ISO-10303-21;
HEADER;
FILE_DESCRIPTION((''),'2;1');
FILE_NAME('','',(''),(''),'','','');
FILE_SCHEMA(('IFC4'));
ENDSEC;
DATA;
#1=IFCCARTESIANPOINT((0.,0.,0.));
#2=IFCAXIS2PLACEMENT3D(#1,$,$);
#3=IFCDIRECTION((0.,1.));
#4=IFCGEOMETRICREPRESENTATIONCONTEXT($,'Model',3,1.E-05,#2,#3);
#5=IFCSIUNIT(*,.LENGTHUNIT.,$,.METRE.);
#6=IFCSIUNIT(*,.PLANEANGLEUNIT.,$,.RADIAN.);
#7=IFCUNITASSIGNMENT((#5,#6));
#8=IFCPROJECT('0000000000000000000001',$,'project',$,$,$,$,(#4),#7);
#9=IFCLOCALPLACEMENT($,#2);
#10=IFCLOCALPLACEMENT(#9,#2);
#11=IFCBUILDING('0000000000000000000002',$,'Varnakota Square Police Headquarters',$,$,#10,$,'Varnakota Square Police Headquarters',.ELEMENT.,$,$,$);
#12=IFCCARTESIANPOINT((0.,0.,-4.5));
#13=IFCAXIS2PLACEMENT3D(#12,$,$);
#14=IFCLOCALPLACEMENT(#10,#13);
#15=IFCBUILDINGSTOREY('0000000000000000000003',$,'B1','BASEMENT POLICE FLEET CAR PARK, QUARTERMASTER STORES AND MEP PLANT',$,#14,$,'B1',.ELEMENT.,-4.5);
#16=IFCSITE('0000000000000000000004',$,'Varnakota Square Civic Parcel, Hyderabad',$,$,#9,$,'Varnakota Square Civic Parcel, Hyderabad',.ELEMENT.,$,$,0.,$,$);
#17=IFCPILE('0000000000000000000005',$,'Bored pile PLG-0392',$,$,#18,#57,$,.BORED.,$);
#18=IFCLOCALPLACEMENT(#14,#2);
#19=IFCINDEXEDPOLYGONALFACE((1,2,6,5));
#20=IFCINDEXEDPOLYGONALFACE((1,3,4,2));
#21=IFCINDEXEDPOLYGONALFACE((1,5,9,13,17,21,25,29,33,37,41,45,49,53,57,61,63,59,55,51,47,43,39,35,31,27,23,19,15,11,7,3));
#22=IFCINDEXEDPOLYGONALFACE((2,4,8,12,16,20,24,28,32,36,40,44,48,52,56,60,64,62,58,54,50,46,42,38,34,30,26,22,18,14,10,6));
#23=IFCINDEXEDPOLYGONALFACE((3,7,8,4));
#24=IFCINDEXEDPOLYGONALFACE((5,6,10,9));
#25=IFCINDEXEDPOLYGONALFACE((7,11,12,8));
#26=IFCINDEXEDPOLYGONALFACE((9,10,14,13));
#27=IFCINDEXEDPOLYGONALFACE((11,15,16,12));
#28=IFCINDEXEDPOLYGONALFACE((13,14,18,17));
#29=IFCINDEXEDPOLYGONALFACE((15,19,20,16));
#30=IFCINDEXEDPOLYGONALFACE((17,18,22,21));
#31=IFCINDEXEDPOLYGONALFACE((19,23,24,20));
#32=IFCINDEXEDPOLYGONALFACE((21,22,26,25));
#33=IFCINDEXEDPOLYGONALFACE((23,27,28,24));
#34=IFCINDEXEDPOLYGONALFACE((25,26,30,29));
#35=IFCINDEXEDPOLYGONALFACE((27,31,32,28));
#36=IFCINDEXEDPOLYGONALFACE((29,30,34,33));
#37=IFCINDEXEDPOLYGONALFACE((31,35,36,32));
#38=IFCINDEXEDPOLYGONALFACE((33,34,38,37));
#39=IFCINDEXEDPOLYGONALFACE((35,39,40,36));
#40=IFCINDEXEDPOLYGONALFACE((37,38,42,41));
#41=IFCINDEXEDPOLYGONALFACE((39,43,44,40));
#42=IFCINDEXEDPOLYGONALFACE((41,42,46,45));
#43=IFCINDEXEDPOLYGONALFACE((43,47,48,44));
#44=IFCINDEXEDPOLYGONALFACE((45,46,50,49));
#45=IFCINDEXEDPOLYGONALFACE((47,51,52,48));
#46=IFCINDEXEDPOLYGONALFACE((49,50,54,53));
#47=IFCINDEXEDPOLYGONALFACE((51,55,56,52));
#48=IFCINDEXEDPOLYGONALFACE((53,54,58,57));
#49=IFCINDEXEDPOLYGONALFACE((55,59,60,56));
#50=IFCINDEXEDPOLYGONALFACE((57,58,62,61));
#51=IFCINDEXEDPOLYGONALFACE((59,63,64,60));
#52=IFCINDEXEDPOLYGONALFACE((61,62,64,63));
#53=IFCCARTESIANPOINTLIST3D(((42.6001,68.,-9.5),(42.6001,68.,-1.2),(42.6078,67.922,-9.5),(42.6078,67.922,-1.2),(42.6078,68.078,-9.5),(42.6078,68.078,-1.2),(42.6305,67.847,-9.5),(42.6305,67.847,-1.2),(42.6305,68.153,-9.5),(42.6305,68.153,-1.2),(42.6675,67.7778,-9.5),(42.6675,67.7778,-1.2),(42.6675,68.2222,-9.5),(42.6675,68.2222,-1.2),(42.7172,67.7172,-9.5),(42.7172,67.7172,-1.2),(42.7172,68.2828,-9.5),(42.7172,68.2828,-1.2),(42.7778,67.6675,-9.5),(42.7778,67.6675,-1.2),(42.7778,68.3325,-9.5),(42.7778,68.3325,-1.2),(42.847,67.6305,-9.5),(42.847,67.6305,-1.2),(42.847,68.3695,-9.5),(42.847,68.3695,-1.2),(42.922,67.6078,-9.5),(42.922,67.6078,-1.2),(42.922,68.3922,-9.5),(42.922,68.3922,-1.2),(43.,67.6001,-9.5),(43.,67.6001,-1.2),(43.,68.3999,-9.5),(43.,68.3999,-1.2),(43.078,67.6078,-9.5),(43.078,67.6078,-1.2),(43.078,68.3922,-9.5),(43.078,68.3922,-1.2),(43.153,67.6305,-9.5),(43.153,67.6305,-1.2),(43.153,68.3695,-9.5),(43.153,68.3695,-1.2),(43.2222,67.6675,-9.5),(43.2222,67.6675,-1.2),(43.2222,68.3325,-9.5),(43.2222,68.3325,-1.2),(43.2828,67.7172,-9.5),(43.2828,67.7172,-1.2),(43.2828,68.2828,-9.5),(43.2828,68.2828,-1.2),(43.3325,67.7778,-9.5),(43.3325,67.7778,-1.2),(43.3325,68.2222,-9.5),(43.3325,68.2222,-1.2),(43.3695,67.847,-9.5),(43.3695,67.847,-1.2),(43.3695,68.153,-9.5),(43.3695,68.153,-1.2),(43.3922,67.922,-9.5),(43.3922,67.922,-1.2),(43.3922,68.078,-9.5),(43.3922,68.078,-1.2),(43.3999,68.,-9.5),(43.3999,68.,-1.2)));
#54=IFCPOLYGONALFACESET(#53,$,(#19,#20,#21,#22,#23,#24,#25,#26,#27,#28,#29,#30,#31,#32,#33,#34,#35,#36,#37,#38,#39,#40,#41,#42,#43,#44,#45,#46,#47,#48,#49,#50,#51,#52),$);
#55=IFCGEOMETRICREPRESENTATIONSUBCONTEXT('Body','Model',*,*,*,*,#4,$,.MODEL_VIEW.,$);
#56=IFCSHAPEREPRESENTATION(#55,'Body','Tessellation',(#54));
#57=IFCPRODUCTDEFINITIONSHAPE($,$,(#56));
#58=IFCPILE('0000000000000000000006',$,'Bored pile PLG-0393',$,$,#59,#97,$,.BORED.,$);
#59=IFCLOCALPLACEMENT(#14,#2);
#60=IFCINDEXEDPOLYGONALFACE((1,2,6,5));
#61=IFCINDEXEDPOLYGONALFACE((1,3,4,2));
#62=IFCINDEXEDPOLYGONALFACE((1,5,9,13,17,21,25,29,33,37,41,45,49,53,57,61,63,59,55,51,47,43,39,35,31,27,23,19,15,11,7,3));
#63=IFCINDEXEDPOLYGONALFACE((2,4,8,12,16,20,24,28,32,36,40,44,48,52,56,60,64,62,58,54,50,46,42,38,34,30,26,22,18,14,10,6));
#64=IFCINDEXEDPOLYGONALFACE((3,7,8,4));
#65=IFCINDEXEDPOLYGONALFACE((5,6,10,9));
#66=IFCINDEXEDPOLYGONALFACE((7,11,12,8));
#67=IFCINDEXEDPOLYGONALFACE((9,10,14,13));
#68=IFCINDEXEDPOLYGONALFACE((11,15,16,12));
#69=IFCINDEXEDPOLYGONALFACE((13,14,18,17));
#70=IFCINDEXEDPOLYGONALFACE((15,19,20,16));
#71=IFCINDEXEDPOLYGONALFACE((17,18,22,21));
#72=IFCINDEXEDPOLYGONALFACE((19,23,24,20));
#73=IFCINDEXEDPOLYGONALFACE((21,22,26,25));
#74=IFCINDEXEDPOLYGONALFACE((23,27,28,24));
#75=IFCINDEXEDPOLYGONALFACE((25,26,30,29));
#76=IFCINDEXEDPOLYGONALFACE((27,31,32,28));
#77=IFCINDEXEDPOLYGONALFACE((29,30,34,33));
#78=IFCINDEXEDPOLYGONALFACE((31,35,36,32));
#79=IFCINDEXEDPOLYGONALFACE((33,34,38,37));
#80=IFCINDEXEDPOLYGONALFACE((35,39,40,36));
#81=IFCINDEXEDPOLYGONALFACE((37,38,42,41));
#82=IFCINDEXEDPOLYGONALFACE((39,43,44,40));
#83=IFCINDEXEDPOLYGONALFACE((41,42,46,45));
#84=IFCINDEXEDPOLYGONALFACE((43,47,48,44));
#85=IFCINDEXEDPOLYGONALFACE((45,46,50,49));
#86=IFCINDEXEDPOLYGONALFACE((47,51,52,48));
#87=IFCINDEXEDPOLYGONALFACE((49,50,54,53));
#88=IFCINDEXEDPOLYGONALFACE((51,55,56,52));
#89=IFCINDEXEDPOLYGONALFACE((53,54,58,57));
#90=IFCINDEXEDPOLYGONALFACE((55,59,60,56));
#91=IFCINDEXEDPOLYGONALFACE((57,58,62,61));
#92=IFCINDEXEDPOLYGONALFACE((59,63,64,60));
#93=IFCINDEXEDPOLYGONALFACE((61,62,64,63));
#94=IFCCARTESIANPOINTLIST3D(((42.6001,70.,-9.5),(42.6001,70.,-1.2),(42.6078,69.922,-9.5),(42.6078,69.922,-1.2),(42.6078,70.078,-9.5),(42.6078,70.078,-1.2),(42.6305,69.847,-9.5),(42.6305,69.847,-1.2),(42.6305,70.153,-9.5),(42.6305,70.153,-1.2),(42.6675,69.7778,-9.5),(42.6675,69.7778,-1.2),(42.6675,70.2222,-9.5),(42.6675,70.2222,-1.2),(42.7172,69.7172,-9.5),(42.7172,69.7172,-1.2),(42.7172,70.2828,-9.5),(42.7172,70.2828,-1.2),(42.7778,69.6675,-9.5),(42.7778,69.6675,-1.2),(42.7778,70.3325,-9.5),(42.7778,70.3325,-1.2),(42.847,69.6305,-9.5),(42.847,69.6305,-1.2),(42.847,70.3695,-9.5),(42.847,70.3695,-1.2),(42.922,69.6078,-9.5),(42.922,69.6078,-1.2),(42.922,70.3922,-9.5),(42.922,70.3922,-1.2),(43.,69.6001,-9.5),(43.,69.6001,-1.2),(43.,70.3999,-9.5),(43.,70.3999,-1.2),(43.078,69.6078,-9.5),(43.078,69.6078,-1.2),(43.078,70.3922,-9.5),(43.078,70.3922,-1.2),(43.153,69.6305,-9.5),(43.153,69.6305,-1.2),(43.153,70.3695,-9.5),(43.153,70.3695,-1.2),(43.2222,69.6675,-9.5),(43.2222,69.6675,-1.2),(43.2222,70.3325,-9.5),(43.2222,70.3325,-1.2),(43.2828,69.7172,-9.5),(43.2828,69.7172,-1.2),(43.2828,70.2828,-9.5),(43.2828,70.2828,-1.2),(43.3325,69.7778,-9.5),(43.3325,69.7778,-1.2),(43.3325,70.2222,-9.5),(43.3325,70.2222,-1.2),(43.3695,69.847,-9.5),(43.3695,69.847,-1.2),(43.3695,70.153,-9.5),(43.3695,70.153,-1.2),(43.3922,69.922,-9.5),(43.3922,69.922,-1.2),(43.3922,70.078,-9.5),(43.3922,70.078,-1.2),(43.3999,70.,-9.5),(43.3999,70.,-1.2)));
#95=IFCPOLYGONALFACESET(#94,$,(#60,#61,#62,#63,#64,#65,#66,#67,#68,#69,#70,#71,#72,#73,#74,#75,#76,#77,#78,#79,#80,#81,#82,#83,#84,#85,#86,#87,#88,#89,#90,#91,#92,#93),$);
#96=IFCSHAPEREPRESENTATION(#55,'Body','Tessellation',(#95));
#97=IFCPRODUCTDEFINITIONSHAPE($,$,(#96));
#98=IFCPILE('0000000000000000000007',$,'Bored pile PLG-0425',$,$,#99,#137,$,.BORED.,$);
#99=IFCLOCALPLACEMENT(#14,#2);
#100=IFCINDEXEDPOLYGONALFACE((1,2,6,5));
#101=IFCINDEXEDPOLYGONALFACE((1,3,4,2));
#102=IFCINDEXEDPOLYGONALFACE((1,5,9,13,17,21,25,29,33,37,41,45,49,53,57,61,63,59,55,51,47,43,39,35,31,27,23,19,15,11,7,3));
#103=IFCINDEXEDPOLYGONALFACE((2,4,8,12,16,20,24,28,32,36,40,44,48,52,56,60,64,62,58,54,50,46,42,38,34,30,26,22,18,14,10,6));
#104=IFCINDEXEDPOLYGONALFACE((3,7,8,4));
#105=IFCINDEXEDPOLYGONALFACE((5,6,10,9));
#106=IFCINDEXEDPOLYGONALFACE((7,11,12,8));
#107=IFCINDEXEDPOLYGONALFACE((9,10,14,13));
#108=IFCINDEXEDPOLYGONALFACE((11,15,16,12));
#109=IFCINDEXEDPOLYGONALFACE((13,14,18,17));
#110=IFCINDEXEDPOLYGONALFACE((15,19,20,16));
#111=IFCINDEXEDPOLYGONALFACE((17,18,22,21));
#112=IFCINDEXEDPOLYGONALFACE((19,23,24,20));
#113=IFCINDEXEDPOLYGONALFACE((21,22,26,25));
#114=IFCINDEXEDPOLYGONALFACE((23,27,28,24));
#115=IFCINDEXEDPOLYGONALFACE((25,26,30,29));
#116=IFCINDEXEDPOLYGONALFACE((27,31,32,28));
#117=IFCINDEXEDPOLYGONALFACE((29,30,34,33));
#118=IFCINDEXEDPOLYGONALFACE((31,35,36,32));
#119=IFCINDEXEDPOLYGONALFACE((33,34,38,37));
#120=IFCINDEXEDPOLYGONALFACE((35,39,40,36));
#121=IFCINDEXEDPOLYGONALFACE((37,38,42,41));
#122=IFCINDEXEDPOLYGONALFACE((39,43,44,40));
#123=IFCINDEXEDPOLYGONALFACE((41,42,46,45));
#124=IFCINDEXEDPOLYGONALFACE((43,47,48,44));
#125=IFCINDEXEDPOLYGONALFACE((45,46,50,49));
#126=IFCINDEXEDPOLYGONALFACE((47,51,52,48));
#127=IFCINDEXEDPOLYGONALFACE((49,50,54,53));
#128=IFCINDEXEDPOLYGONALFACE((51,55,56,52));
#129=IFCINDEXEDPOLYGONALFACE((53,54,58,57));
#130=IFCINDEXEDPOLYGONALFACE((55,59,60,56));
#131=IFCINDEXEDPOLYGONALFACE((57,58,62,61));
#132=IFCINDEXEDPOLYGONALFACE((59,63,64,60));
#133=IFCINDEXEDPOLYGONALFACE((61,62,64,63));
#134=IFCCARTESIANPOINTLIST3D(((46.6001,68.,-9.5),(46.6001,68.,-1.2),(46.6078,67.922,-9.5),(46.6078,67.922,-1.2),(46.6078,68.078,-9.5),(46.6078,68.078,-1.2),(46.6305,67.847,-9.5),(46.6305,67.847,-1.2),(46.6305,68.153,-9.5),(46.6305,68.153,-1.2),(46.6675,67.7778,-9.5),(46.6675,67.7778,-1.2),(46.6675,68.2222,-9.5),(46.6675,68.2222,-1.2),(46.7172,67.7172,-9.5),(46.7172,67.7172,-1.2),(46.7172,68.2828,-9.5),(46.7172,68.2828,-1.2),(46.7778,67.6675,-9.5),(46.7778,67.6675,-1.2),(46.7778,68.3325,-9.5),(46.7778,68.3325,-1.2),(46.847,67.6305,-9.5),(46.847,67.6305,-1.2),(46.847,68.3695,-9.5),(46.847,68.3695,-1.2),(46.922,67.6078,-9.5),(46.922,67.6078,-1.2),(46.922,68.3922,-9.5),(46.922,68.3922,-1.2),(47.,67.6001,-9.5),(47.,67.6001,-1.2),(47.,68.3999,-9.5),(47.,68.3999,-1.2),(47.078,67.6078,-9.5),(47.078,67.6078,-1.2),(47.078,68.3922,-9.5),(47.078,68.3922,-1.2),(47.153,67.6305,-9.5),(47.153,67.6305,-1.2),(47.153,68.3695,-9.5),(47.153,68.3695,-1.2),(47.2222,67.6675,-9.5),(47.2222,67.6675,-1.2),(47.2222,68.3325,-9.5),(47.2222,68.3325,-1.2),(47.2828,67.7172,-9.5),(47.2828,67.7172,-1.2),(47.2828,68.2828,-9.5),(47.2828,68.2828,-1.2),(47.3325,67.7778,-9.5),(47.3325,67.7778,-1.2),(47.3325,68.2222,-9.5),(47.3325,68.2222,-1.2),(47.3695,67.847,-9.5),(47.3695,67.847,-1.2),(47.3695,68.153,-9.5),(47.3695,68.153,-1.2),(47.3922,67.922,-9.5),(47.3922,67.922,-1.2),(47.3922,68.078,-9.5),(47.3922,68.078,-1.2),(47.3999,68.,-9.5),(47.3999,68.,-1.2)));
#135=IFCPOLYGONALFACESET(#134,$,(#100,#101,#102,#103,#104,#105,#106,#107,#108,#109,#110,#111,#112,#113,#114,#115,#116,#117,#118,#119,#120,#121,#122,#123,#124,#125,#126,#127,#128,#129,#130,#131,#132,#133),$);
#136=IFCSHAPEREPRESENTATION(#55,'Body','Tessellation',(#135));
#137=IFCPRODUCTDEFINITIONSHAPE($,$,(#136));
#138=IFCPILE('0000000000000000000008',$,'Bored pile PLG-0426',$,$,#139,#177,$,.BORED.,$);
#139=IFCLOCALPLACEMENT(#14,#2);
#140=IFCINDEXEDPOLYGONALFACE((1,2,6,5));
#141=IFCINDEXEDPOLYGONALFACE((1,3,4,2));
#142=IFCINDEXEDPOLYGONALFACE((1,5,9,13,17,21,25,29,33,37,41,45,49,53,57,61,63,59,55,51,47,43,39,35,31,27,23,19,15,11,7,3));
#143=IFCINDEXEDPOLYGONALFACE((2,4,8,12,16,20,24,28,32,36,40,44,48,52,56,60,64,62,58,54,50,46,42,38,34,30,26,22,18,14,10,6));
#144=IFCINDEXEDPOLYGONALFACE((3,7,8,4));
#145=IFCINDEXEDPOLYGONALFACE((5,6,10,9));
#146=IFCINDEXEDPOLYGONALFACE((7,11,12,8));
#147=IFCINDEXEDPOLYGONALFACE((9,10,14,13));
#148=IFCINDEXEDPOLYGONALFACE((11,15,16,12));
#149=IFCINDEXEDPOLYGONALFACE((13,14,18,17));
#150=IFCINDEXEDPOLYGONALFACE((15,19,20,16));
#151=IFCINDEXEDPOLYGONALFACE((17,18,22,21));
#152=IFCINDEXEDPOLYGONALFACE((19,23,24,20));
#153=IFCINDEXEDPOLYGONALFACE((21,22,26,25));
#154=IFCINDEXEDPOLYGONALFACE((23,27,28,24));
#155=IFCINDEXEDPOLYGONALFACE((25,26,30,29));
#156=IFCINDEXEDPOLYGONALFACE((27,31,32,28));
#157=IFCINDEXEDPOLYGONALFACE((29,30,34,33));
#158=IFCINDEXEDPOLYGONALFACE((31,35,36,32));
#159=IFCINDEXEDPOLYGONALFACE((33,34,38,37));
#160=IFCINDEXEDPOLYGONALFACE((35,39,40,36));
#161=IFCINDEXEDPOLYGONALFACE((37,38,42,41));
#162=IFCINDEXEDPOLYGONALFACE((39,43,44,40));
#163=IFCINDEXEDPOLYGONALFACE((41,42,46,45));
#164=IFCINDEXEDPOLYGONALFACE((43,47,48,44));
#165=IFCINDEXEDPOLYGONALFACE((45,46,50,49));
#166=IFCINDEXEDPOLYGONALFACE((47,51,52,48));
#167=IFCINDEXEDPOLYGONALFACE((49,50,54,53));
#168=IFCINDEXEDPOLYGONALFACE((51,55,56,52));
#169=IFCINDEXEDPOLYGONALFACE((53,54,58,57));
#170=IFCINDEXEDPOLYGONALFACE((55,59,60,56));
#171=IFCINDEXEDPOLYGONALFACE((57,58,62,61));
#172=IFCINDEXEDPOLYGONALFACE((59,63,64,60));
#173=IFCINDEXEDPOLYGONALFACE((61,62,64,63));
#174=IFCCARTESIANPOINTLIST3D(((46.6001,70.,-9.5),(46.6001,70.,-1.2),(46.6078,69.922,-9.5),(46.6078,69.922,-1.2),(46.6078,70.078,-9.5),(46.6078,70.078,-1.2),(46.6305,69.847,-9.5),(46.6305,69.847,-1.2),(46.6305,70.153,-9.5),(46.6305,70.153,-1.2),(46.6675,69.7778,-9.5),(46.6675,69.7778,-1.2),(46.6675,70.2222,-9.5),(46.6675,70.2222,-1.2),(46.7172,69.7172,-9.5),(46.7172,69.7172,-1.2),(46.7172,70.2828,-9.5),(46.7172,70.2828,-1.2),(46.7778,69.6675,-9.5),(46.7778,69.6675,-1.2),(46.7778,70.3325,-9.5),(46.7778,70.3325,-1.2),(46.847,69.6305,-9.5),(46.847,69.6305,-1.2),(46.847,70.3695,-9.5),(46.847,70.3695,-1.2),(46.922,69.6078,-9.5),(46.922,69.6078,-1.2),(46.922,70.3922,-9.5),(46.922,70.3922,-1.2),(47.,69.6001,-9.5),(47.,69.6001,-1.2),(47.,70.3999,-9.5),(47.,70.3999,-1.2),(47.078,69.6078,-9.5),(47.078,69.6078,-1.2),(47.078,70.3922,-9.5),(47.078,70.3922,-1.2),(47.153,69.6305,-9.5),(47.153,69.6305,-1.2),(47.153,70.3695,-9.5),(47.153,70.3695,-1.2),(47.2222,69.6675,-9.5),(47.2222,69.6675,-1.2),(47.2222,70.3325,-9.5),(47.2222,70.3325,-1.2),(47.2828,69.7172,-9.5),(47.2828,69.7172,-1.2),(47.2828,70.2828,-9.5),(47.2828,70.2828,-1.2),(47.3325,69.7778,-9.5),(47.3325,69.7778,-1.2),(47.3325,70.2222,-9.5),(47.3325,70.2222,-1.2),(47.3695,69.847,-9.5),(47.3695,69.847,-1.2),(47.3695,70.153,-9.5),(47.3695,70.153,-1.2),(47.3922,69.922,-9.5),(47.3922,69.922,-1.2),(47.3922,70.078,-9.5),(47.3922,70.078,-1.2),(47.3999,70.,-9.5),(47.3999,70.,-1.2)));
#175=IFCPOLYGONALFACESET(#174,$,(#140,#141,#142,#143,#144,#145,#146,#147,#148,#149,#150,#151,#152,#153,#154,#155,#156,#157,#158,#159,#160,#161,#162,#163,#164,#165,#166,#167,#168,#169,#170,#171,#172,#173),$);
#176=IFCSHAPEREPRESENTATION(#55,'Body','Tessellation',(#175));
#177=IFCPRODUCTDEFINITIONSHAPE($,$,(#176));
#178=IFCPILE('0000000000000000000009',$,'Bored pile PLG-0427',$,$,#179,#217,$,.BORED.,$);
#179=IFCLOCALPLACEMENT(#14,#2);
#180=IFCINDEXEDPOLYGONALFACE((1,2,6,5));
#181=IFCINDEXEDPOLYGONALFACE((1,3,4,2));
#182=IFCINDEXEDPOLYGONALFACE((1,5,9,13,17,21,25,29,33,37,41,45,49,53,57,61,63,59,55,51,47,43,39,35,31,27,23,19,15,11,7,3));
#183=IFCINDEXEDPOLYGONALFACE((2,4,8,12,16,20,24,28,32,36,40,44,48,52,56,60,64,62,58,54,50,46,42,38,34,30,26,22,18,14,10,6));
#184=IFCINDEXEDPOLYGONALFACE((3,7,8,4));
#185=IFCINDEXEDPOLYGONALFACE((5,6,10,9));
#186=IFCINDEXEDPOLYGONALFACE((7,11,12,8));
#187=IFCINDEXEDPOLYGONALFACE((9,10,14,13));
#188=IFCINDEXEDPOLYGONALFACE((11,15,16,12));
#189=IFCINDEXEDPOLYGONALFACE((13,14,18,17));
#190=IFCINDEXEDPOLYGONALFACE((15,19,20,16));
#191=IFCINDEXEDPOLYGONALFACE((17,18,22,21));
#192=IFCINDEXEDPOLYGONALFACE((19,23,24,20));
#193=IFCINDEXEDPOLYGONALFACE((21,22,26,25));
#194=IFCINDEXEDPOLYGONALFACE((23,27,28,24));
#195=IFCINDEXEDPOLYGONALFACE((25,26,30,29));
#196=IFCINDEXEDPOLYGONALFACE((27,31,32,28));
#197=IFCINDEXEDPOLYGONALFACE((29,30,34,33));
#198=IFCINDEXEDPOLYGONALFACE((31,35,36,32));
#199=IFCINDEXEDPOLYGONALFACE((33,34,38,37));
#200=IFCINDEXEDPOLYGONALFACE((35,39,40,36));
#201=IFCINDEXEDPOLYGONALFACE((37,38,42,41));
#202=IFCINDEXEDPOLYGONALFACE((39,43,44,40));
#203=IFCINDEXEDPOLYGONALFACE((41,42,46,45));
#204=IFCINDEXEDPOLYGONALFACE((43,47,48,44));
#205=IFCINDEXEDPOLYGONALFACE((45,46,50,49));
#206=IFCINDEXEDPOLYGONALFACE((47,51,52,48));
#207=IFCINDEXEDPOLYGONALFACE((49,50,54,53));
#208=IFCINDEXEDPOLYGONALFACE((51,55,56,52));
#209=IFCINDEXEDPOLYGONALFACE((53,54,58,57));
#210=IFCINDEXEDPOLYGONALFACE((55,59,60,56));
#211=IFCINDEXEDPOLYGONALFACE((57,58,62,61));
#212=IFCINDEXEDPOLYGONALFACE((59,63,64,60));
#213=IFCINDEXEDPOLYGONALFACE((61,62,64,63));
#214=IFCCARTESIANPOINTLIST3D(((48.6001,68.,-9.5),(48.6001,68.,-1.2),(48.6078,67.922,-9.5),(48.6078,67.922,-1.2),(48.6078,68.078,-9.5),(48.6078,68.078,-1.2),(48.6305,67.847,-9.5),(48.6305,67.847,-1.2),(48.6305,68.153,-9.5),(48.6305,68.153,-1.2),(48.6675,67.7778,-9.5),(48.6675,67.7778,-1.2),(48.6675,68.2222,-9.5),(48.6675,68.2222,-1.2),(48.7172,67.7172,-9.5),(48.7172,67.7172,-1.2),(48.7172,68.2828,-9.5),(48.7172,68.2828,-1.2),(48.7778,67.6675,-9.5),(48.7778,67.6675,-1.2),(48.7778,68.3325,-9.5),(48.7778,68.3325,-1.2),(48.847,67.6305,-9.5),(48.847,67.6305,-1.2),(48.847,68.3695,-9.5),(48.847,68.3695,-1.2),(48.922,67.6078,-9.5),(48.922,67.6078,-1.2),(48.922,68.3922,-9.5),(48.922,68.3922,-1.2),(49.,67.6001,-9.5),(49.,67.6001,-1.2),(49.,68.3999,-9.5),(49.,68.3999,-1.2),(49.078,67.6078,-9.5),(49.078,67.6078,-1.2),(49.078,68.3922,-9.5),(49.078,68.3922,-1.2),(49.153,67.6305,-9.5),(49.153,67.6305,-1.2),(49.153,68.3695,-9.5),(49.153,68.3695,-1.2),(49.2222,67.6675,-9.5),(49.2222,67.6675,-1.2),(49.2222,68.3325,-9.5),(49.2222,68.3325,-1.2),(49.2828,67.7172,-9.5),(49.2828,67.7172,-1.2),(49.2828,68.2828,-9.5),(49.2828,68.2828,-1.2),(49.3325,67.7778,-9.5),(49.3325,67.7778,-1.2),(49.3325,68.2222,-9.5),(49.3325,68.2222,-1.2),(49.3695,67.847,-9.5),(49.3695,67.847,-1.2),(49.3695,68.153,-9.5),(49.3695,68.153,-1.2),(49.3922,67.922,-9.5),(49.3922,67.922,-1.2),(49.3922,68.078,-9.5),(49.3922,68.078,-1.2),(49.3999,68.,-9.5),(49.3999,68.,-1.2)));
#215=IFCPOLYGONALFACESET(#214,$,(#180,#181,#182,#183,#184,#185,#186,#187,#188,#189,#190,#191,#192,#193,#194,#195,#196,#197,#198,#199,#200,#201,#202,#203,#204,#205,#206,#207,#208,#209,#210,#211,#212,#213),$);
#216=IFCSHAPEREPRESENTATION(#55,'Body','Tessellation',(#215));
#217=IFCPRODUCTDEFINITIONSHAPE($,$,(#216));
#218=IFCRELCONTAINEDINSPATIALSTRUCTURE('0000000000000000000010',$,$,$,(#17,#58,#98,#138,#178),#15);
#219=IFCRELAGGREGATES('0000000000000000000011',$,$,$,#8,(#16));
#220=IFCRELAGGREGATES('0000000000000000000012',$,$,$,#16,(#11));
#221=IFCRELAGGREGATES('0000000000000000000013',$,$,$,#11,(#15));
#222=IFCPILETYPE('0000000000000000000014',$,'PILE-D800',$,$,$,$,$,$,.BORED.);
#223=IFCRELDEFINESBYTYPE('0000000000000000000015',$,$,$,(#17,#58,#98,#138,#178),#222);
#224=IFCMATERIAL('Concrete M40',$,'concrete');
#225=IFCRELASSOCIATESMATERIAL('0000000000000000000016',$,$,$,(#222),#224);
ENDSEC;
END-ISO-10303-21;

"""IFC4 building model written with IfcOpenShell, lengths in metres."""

from ifc_helpers import new_model, si_unit, direction, frame, origin, origin_2d, place, context, subcontext, project, spatial, circle, extrude, material, material_profile, profile_set, type_object, element, save


model = new_model("IFC4")

# Units and contexts
model_context = context("Model", 3, precision=1e-05, world=origin(), true_north=direction((0.0, 1.0)))
body_context = subcontext(model_context, "Body", "Model", "MODEL_VIEW")
ifc_project = project(units=[si_unit("LENGTHUNIT", "METRE"), si_unit("PLANEANGLEUNIT", "RADIAN")], contexts=[model_context])

# Site, building, storey
site_placement = place(None, origin())
site = spatial("IfcSite", under=ifc_project, at=site_placement, Name="Varnakota Square Civic Parcel, Hyderabad", LongName="Varnakota Square Civic Parcel, Hyderabad", CompositionType="ELEMENT", RefElevation=0.0)
building_placement = place(site_placement, origin())
building = spatial("IfcBuilding", under=site, at=building_placement, Name="Varnakota Square Police Headquarters", LongName="Varnakota Square Police Headquarters", CompositionType="ELEMENT")
storey_placement = place(building_placement, frame((0.0, 0.0, -4.5)))
storey = spatial("IfcBuildingStorey", under=building, at=storey_placement, Name="B1", Description="BASEMENT POLICE FLEET CAR PARK, QUARTERMASTER STORES AND MEP PLANT", LongName="B1", CompositionType="ELEMENT", Elevation=-4.5)

# Shared definitions
ifc_material_1 = material(Name="Concrete M40", Category="concrete")

# Piles
ifc_material_profile_1 = material_profile(ifc_material_1, circle(Radius=0.3999, at=origin_2d()), Name="BORED PILE 800")
ifc_profile_set_1 = profile_set([ifc_material_profile_1], Name="Concrete M40")
pile_type_1 = type_object("IfcPileType", Name="PILE-D800", PredefinedType="BORED", material=ifc_profile_set_1)
for number, where, z_axis, x_axis, name in (
    (1, (43.0, 68.0, -1.2), (0.0, 0.0, -1.0), (1.0, 0.0, 0.0), "Bored pile PLG-0392"),
    (2, (43.0, 70.0, -1.2), (0.0, 0.0, -1.0), (1.0, 0.0, 0.0), "Bored pile PLG-0393"),
    (3, (47.0, 68.0, -1.2), (0.0, 0.0, -1.0), (1.0, 0.0, 0.0), "Bored pile PLG-0425"),
    (4, (47.0, 70.0, -1.2), (0.0, 0.0, -1.0), (1.0, 0.0, 0.0), "Bored pile PLG-0426"),
    (5, (49.0, 68.0, -1.2), (0.0, 0.0, -1.0), (1.0, 0.0, 0.0), "Bored pile PLG-0427"),
):
    element("IfcPile", number, at=place(storey_placement, frame(where, z_axis=z_axis, x_axis=x_axis)), inside=storey, type_object=pile_type_1, Name=name, PredefinedType="BORED", context=body_context, shape_type="SweptSolid", body=[
        extrude(circle(Radius=0.3999, at=origin_2d()), origin(), (0.0, 0.0, 1.0), 8.3),
    ])

save(model, "model.ifc")
